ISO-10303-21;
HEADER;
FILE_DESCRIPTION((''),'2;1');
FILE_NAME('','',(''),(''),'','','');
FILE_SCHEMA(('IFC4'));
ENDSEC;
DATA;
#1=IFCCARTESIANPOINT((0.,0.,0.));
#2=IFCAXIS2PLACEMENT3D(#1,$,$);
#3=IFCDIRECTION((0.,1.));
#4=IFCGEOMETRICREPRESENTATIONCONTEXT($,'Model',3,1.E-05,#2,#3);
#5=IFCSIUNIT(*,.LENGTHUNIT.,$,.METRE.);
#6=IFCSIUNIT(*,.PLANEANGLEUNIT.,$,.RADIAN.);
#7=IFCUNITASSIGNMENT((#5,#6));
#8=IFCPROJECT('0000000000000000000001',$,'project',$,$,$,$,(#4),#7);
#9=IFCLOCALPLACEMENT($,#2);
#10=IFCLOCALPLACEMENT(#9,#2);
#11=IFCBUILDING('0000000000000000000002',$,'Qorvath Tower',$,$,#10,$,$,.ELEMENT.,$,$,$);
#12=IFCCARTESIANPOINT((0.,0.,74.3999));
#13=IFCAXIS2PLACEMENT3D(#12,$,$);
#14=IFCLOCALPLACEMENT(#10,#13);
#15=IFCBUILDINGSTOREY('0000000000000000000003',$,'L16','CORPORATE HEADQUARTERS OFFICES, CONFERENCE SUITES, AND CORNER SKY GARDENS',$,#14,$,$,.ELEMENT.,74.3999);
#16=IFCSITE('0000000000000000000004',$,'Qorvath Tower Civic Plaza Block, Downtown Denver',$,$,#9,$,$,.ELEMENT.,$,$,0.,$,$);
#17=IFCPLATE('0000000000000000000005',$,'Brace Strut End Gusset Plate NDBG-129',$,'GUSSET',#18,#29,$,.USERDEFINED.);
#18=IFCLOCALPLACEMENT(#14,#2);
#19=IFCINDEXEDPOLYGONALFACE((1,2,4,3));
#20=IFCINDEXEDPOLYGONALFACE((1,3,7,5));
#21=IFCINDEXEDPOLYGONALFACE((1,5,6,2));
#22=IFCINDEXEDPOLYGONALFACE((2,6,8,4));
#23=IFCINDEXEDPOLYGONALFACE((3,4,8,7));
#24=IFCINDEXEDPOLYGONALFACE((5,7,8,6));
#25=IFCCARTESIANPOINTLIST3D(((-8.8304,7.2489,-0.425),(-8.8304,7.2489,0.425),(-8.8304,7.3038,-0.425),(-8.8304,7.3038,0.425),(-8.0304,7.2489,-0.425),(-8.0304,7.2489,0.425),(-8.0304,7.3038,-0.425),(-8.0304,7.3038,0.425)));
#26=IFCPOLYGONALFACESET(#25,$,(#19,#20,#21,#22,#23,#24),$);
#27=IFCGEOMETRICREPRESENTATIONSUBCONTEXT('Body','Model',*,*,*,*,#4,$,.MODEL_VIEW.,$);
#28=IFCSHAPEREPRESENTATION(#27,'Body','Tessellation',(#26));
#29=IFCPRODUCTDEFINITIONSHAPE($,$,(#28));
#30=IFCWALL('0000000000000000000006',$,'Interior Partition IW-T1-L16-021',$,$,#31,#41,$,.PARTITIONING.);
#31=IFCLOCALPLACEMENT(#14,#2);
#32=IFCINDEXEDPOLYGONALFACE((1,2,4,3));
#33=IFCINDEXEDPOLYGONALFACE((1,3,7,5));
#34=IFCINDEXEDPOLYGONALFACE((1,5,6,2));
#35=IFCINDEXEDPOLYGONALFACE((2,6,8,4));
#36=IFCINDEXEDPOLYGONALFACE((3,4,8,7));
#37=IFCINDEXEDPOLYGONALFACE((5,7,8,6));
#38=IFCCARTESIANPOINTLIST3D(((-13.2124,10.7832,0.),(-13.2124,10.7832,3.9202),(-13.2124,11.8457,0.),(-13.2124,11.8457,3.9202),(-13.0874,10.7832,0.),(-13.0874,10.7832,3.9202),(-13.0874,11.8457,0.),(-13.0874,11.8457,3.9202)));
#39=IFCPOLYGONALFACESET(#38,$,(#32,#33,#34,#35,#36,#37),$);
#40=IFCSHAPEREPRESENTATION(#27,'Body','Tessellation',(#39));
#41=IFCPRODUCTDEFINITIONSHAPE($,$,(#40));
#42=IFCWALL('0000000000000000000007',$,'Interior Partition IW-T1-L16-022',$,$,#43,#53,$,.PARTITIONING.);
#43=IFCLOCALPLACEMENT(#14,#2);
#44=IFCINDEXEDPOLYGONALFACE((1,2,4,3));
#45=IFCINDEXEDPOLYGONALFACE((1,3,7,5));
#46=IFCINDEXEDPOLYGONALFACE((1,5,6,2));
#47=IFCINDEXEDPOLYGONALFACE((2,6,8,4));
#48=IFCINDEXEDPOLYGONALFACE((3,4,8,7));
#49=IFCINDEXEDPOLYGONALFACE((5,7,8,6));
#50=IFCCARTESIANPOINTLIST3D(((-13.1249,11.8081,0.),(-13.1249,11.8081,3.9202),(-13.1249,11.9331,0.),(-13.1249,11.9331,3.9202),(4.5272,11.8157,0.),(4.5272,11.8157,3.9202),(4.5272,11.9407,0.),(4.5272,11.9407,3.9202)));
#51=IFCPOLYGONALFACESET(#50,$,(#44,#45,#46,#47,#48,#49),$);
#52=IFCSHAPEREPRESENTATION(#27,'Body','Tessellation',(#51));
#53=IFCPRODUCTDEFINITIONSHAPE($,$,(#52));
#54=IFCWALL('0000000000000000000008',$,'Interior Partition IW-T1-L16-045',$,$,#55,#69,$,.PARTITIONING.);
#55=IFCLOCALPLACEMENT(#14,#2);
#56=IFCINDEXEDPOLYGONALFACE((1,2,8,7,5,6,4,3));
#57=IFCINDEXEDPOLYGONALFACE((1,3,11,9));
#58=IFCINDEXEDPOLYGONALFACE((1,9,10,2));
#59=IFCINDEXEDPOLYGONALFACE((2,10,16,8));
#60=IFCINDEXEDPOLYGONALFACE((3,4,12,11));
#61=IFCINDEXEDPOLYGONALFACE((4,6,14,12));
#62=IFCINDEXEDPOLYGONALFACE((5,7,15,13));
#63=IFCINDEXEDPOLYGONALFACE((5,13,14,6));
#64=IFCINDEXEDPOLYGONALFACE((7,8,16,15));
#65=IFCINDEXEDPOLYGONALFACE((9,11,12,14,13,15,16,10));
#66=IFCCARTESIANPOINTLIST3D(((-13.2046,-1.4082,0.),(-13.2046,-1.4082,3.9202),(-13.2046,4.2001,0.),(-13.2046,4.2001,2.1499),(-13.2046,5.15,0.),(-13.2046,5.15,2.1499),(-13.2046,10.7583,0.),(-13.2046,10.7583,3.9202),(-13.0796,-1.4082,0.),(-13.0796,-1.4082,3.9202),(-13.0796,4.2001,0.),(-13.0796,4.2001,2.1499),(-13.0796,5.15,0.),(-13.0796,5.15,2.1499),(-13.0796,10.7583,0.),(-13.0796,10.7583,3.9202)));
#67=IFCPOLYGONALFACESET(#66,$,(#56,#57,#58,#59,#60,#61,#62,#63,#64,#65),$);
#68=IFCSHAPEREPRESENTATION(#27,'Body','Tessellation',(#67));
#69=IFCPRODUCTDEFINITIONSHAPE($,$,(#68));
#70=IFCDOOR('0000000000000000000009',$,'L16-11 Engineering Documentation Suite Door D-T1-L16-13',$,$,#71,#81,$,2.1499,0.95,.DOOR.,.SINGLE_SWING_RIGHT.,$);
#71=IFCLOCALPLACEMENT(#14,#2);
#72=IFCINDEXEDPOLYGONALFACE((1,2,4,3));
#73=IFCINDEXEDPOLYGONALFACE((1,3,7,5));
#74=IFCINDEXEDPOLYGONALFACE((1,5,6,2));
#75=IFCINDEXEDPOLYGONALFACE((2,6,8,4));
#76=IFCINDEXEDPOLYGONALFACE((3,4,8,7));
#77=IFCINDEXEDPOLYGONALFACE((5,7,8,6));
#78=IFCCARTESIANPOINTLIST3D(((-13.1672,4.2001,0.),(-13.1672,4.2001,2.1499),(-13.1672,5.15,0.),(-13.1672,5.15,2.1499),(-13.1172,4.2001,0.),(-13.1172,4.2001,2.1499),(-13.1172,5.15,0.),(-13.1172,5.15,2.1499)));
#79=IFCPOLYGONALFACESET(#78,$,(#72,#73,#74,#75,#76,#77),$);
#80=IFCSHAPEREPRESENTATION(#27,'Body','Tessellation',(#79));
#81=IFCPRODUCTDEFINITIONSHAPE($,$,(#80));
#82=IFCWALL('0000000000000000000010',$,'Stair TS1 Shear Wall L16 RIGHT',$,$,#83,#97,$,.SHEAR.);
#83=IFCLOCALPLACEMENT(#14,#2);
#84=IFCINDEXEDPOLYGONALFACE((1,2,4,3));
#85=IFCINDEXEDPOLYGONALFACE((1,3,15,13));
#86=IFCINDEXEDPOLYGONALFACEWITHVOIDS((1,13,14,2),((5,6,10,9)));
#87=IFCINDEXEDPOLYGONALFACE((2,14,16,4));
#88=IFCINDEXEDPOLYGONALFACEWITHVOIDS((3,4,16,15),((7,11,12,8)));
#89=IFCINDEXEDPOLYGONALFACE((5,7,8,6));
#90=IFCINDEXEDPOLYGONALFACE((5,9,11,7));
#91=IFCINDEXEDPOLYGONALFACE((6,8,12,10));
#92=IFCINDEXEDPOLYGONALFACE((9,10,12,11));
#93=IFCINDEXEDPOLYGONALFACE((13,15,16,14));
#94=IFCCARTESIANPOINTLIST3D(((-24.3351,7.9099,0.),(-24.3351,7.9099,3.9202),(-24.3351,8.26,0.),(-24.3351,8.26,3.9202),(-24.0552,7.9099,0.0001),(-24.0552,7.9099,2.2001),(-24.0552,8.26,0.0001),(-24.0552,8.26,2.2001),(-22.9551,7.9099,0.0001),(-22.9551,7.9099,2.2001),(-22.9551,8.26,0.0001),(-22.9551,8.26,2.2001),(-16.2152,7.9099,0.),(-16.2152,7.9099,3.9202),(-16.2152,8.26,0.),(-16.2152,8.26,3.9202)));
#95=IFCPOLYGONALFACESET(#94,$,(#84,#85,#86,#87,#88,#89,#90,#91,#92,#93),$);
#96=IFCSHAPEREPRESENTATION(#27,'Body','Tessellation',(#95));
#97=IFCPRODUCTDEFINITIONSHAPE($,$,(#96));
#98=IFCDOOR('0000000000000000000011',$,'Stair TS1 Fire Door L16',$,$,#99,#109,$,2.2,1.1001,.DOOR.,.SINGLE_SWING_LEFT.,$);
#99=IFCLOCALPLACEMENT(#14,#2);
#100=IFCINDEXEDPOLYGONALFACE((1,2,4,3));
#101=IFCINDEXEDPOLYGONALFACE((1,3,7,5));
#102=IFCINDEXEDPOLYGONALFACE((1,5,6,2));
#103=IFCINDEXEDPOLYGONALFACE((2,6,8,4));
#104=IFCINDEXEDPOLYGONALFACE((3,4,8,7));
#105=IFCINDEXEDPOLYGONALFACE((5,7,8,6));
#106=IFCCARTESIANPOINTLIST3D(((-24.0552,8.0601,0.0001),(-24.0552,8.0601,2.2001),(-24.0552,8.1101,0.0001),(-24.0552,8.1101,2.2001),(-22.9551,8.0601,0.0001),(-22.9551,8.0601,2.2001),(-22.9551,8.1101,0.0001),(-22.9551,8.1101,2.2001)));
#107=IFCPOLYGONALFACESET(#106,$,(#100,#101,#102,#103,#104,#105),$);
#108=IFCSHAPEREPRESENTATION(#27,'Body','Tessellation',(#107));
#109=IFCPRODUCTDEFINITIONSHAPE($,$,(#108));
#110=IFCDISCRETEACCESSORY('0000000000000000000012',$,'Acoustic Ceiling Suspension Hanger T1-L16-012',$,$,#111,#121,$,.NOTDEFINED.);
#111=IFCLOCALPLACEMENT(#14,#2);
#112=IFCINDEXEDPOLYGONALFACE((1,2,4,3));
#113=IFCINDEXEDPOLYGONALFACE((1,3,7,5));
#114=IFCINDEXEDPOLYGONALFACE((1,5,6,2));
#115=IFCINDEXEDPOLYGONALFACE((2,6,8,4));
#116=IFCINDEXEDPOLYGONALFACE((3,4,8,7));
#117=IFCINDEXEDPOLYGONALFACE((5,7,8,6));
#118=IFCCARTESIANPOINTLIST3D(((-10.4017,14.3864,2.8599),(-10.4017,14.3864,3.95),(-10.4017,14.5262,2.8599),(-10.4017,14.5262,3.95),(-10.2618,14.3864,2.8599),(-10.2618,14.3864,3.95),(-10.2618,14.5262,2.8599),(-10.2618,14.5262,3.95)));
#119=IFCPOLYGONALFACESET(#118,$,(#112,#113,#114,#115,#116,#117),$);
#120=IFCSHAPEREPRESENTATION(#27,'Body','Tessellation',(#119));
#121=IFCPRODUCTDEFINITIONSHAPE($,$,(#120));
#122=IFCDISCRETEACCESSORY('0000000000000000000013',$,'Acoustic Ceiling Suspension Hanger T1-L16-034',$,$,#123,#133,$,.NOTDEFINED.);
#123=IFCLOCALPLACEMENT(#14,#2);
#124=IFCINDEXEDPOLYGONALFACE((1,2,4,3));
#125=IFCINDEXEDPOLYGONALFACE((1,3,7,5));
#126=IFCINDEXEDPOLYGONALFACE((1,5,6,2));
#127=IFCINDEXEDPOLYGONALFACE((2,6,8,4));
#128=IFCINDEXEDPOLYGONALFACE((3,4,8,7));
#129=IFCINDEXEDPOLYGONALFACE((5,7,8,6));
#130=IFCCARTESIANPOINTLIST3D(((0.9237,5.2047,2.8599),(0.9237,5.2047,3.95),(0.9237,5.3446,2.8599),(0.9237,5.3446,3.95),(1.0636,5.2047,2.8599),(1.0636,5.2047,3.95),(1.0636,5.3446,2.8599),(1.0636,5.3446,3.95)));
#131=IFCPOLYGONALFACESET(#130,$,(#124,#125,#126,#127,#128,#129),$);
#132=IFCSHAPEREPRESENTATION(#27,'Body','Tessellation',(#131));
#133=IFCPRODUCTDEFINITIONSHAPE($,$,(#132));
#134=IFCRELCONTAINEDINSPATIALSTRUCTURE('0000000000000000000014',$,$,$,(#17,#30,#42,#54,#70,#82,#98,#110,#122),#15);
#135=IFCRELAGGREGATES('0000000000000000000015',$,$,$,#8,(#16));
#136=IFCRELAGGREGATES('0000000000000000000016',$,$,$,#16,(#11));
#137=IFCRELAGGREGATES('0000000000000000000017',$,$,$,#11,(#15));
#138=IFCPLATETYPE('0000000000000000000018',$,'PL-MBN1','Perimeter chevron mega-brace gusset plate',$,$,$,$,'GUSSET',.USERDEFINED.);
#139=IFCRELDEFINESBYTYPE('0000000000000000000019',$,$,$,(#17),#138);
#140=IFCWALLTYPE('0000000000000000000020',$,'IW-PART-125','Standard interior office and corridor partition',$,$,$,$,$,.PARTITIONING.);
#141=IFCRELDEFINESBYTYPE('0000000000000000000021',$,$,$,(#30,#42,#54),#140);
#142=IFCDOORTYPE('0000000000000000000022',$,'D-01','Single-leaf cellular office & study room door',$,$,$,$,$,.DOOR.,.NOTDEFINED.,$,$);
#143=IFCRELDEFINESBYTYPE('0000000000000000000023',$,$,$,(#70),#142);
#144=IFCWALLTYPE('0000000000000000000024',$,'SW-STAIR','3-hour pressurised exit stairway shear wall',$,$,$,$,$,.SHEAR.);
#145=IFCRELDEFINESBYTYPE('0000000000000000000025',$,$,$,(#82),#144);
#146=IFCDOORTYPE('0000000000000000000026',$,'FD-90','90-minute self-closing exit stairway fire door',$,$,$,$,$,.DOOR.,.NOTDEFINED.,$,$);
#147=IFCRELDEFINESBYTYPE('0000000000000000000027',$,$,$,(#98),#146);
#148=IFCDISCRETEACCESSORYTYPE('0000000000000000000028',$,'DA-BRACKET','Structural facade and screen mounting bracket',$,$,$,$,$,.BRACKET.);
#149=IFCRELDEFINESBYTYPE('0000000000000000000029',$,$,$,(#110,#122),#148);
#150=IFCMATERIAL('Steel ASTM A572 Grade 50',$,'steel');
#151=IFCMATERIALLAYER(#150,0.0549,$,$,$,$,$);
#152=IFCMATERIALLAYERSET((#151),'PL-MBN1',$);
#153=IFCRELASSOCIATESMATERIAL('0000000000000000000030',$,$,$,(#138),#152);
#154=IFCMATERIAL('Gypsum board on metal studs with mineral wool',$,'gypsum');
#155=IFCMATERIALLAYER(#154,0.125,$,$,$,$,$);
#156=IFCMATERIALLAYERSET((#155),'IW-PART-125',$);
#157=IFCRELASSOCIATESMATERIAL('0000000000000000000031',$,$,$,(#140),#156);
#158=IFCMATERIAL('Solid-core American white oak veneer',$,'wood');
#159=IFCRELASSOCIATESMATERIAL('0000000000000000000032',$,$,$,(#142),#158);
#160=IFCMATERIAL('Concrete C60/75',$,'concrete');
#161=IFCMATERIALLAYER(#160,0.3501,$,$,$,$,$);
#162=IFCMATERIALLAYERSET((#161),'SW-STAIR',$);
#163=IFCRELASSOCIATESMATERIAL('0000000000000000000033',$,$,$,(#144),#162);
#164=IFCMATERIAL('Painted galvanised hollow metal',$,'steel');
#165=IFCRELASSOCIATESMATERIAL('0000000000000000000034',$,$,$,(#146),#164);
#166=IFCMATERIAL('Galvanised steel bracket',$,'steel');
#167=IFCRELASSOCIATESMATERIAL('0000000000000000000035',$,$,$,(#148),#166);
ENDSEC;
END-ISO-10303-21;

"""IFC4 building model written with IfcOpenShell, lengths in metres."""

from ifc_helpers import new_model, si_unit, direction, frame, frame_2d, origin, origin_2d, place, context, subcontext, project, spatial, rectangle, extrude, material, layer, layer_set, type_object, element, fill, save


model = new_model("IFC4")

# Units and contexts
model_context = context("Model", 3, precision=1e-05, world=origin(), true_north=direction((0.0, 1.0)))
body_context = subcontext(model_context, "Body", "Model", "MODEL_VIEW")
ifc_project = project(units=[si_unit("LENGTHUNIT", "METRE"), si_unit("PLANEANGLEUNIT", "RADIAN")], contexts=[model_context])

# Site, building, storey
site_placement = place(None, origin())
site = spatial("IfcSite", under=ifc_project, at=site_placement, Name="Qorvath Tower Civic Plaza Block, Downtown Denver", CompositionType="ELEMENT", RefElevation=0.0)
building_placement = place(site_placement, origin())
building = spatial("IfcBuilding", under=site, at=building_placement, Name="Qorvath Tower", CompositionType="ELEMENT")
storey_placement = place(building_placement, frame((0.0, 0.0, 74.3999)))
storey = spatial("IfcBuildingStorey", under=building, at=storey_placement, Name="L16", Description="CORPORATE HEADQUARTERS OFFICES, CONFERENCE SUITES, AND CORNER SKY GARDENS", CompositionType="ELEMENT", Elevation=74.3999)

# Plate
ifc_material_1 = material(Name="Steel ASTM A572 Grade 50", Category="steel")
ifc_layer_1 = layer(ifc_material_1, 0.0549)
ifc_layer_set_1 = layer_set([ifc_layer_1], Name="PL-MBN1")
plate_type_1 = type_object("IfcPlateType", Name="PL-MBN1", Description="Perimeter chevron mega-brace gusset plate", ElementType="GUSSET", PredefinedType="USERDEFINED", material=ifc_layer_set_1)
plate_1_placement = place(storey_placement, frame((-8.4304, 7.2764, -0.425), z_axis=(0.0, 0.0, 1.0), x_axis=(1.0, 0.0, 0.0)))
element("IfcPlate", 1, at=plate_1_placement, inside=storey, type_object=plate_type_1, Name="Brace Strut End Gusset Plate NDBG-129", ObjectType="GUSSET", PredefinedType="USERDEFINED", context=body_context, shape_type="SweptSolid", body=[
    extrude(rectangle(XDim=0.8, YDim=0.0549, at=origin_2d()), origin(), (0.0, 0.0, 1.0), 0.8501),
])

# Walls
ifc_material_2 = material(Name="Gypsum board on metal studs with mineral wool", Category="gypsum")
ifc_layer_2 = layer(ifc_material_2, 0.125)
ifc_layer_set_2 = layer_set([ifc_layer_2], Name="IW-PART-125")
wall_type_1 = type_object("IfcWallType", Name="IW-PART-125", Description="Standard interior office and corridor partition", PredefinedType="PARTITIONING", material=ifc_layer_set_2)
wall_1_placement = place(storey_placement, frame((-13.1499, 11.8457, 0.0), z_axis=(0.0, 0.0, 1.0), x_axis=(0.0, -1.0, 0.0)))
element("IfcWall", 2, at=wall_1_placement, inside=storey, type_object=wall_type_1, Name="Interior Partition IW-T1-L16-021", PredefinedType="PARTITIONING", context=body_context, shape_type="SweptSolid", body=[
    extrude(rectangle(XDim=1.0625, YDim=0.125, at=frame_2d((0.5312, 0.0))), origin(), (0.0, 0.0, 1.0), 3.9202),
])
wall_2_placement = place(storey_placement, frame((-13.125, 11.8706, 0.0), z_axis=(0.0, 0.0, 1.0), x_axis=(1.0, 0.000429, 0.0)))
element("IfcWall", 3, at=wall_2_placement, inside=storey, type_object=wall_type_1, Name="Interior Partition IW-T1-L16-022", PredefinedType="PARTITIONING", context=body_context, shape_type="SweptSolid", body=[
    extrude(rectangle(XDim=17.6521, YDim=0.125, at=frame_2d((8.8262, 0.0))), origin(), (0.0, 0.0, 1.0), 3.9202),
])

# Walls, openings, doors
wall_3_placement = place(storey_placement, frame((-13.1421, 10.7583, 0.0), z_axis=(0.0, 0.0, 1.0), x_axis=(0.0, -1.0, 0.0)))
wall_3 = element("IfcWall", 4, at=wall_3_placement, inside=storey, type_object=wall_type_1, Name="Interior Partition IW-T1-L16-045", PredefinedType="PARTITIONING", context=body_context, shape_type="SweptSolid", body=[
    extrude(rectangle(XDim=12.1665, YDim=0.125, at=frame_2d((6.0833, 0.0))), origin(), (0.0, 0.0, 1.0), 3.9202),
])
opening_1_placement = place(wall_3_placement, frame((5.6082, 0.0, 0.0)))
opening_1 = element("IfcOpeningElement", 5, at=opening_1_placement, cuts=wall_3, PredefinedType="OPENING", context=body_context, shape_type="SweptSolid", body=[
    extrude(rectangle(XDim=0.95, YDim=2.1499, at=frame_2d((0.4751, 1.075))), frame((0.0, 0.0725, 0.0), z_axis=(0.0, -1.0, 0.0), x_axis=(1.0, 0.0, 0.0)), (0.0, 0.0, 1.0), 0.145),
])
ifc_material_3 = material(Name="Solid-core American white oak veneer", Category="wood")
door_type_1 = type_object("IfcDoorType", Name="D-01", Description="Single-leaf cellular office & study room door", OperationType="NOTDEFINED", PredefinedType="DOOR", material=ifc_material_3)
door_1_placement = place(opening_1_placement, origin())
door_1 = element("IfcDoor", 6, at=door_1_placement, inside=storey, type_object=door_type_1, Name="L16-11 Engineering Documentation Suite Door D-T1-L16-13", OperationType="SINGLE_SWING_RIGHT", OverallHeight=2.1499, OverallWidth=0.95, PredefinedType="DOOR", context=body_context, shape_type="SweptSolid", body=[
    extrude(rectangle(XDim=0.95, YDim=2.1499, at=frame_2d((0.4751, 1.075))), frame((0.0, 0.0249, 0.0), z_axis=(0.0, -1.0, 0.0), x_axis=(1.0, 0.0, 0.0)), (0.0, 0.0, 1.0), 0.05),
])
fill(opening_1, door_1)
ifc_material_4 = material(Name="Concrete C60/75", Category="concrete")
ifc_layer_3 = layer(ifc_material_4, 0.3501)
ifc_layer_set_3 = layer_set([ifc_layer_3], Name="SW-STAIR")
wall_type_2 = type_object("IfcWallType", Name="SW-STAIR", Description="3-hour pressurised exit stairway shear wall", PredefinedType="SHEAR", material=ifc_layer_set_3)
wall_4_placement = place(storey_placement, frame((-16.2151, 8.085, 0.0), z_axis=(0.0, 0.0, 1.0), x_axis=(-1.0, 0.0, 0.0)))
wall_4 = element("IfcWall", 7, at=wall_4_placement, inside=storey, type_object=wall_type_2, Name="Stair TS1 Shear Wall L16 RIGHT", PredefinedType="SHEAR", context=body_context, shape_type="SweptSolid", body=[
    extrude(rectangle(XDim=8.1199, YDim=0.3501, at=frame_2d((4.0601, 0.0))), origin(), (0.0, 0.0, 1.0), 3.9202),
])
opening_2_placement = place(wall_4_placement, frame((6.74, 0.0, 0.0)))
opening_2 = element("IfcOpeningElement", 8, at=opening_2_placement, cuts=wall_4, PredefinedType="OPENING", context=body_context, shape_type="SweptSolid", body=[
    extrude(rectangle(XDim=1.1001, YDim=2.2, at=frame_2d((0.55, 1.1001))), frame((0.0, 0.1851, 0.0), z_axis=(0.0, -1.0, 0.0), x_axis=(1.0, 0.0, 0.0)), (0.0, 0.0, 1.0), 0.3701),
])
ifc_material_5 = material(Name="Painted galvanised hollow metal", Category="steel")
door_type_2 = type_object("IfcDoorType", Name="FD-90", Description="90-minute self-closing exit stairway fire door", OperationType="NOTDEFINED", PredefinedType="DOOR", material=ifc_material_5)
door_2_placement = place(opening_2_placement, origin())
door_2 = element("IfcDoor", 9, at=door_2_placement, inside=storey, type_object=door_type_2, Name="Stair TS1 Fire Door L16", OperationType="SINGLE_SWING_LEFT", OverallHeight=2.2, OverallWidth=1.1001, PredefinedType="DOOR", context=body_context, shape_type="SweptSolid", body=[
    extrude(rectangle(XDim=1.1001, YDim=2.2, at=frame_2d((0.55, 1.1001))), frame((0.0, 0.0249, 0.0), z_axis=(0.0, -1.0, 0.0), x_axis=(1.0, 0.0, 0.0)), (0.0, 0.0, 1.0), 0.05),
])
fill(opening_2, door_2)

# Discrete accessories
ifc_material_6 = material(Name="Galvanised steel bracket", Category="steel")
discrete_accessory_type = type_object("IfcDiscreteAccessoryType", Name="DA-BRACKET", Description="Structural facade and screen mounting bracket", PredefinedType="BRACKET", material=ifc_material_6)
for number, where, z_axis, x_axis, name in (
    (10, (-10.3318, 14.4563, 2.8599), (0.0, 0.0, 1.0), (1.0, 0.0, 0.0), "Acoustic Ceiling Suspension Hanger T1-L16-012"),
    (11, (0.9937, 5.2747, 2.8599), (0.0, 0.0, 1.0), (1.0, 0.0, 0.0), "Acoustic Ceiling Suspension Hanger T1-L16-034"),
):
    element("IfcDiscreteAccessory", number, at=place(storey_placement, frame(where, z_axis=z_axis, x_axis=x_axis)), inside=storey, type_object=discrete_accessory_type, Name=name, PredefinedType="NOTDEFINED", context=body_context, shape_type="SweptSolid", body=[
        extrude(rectangle(XDim=0.1399, YDim=0.1399, at=origin_2d()), origin(), (0.0, 0.0, 1.0), 1.0901),
    ])

save(model, "model.ifc")
